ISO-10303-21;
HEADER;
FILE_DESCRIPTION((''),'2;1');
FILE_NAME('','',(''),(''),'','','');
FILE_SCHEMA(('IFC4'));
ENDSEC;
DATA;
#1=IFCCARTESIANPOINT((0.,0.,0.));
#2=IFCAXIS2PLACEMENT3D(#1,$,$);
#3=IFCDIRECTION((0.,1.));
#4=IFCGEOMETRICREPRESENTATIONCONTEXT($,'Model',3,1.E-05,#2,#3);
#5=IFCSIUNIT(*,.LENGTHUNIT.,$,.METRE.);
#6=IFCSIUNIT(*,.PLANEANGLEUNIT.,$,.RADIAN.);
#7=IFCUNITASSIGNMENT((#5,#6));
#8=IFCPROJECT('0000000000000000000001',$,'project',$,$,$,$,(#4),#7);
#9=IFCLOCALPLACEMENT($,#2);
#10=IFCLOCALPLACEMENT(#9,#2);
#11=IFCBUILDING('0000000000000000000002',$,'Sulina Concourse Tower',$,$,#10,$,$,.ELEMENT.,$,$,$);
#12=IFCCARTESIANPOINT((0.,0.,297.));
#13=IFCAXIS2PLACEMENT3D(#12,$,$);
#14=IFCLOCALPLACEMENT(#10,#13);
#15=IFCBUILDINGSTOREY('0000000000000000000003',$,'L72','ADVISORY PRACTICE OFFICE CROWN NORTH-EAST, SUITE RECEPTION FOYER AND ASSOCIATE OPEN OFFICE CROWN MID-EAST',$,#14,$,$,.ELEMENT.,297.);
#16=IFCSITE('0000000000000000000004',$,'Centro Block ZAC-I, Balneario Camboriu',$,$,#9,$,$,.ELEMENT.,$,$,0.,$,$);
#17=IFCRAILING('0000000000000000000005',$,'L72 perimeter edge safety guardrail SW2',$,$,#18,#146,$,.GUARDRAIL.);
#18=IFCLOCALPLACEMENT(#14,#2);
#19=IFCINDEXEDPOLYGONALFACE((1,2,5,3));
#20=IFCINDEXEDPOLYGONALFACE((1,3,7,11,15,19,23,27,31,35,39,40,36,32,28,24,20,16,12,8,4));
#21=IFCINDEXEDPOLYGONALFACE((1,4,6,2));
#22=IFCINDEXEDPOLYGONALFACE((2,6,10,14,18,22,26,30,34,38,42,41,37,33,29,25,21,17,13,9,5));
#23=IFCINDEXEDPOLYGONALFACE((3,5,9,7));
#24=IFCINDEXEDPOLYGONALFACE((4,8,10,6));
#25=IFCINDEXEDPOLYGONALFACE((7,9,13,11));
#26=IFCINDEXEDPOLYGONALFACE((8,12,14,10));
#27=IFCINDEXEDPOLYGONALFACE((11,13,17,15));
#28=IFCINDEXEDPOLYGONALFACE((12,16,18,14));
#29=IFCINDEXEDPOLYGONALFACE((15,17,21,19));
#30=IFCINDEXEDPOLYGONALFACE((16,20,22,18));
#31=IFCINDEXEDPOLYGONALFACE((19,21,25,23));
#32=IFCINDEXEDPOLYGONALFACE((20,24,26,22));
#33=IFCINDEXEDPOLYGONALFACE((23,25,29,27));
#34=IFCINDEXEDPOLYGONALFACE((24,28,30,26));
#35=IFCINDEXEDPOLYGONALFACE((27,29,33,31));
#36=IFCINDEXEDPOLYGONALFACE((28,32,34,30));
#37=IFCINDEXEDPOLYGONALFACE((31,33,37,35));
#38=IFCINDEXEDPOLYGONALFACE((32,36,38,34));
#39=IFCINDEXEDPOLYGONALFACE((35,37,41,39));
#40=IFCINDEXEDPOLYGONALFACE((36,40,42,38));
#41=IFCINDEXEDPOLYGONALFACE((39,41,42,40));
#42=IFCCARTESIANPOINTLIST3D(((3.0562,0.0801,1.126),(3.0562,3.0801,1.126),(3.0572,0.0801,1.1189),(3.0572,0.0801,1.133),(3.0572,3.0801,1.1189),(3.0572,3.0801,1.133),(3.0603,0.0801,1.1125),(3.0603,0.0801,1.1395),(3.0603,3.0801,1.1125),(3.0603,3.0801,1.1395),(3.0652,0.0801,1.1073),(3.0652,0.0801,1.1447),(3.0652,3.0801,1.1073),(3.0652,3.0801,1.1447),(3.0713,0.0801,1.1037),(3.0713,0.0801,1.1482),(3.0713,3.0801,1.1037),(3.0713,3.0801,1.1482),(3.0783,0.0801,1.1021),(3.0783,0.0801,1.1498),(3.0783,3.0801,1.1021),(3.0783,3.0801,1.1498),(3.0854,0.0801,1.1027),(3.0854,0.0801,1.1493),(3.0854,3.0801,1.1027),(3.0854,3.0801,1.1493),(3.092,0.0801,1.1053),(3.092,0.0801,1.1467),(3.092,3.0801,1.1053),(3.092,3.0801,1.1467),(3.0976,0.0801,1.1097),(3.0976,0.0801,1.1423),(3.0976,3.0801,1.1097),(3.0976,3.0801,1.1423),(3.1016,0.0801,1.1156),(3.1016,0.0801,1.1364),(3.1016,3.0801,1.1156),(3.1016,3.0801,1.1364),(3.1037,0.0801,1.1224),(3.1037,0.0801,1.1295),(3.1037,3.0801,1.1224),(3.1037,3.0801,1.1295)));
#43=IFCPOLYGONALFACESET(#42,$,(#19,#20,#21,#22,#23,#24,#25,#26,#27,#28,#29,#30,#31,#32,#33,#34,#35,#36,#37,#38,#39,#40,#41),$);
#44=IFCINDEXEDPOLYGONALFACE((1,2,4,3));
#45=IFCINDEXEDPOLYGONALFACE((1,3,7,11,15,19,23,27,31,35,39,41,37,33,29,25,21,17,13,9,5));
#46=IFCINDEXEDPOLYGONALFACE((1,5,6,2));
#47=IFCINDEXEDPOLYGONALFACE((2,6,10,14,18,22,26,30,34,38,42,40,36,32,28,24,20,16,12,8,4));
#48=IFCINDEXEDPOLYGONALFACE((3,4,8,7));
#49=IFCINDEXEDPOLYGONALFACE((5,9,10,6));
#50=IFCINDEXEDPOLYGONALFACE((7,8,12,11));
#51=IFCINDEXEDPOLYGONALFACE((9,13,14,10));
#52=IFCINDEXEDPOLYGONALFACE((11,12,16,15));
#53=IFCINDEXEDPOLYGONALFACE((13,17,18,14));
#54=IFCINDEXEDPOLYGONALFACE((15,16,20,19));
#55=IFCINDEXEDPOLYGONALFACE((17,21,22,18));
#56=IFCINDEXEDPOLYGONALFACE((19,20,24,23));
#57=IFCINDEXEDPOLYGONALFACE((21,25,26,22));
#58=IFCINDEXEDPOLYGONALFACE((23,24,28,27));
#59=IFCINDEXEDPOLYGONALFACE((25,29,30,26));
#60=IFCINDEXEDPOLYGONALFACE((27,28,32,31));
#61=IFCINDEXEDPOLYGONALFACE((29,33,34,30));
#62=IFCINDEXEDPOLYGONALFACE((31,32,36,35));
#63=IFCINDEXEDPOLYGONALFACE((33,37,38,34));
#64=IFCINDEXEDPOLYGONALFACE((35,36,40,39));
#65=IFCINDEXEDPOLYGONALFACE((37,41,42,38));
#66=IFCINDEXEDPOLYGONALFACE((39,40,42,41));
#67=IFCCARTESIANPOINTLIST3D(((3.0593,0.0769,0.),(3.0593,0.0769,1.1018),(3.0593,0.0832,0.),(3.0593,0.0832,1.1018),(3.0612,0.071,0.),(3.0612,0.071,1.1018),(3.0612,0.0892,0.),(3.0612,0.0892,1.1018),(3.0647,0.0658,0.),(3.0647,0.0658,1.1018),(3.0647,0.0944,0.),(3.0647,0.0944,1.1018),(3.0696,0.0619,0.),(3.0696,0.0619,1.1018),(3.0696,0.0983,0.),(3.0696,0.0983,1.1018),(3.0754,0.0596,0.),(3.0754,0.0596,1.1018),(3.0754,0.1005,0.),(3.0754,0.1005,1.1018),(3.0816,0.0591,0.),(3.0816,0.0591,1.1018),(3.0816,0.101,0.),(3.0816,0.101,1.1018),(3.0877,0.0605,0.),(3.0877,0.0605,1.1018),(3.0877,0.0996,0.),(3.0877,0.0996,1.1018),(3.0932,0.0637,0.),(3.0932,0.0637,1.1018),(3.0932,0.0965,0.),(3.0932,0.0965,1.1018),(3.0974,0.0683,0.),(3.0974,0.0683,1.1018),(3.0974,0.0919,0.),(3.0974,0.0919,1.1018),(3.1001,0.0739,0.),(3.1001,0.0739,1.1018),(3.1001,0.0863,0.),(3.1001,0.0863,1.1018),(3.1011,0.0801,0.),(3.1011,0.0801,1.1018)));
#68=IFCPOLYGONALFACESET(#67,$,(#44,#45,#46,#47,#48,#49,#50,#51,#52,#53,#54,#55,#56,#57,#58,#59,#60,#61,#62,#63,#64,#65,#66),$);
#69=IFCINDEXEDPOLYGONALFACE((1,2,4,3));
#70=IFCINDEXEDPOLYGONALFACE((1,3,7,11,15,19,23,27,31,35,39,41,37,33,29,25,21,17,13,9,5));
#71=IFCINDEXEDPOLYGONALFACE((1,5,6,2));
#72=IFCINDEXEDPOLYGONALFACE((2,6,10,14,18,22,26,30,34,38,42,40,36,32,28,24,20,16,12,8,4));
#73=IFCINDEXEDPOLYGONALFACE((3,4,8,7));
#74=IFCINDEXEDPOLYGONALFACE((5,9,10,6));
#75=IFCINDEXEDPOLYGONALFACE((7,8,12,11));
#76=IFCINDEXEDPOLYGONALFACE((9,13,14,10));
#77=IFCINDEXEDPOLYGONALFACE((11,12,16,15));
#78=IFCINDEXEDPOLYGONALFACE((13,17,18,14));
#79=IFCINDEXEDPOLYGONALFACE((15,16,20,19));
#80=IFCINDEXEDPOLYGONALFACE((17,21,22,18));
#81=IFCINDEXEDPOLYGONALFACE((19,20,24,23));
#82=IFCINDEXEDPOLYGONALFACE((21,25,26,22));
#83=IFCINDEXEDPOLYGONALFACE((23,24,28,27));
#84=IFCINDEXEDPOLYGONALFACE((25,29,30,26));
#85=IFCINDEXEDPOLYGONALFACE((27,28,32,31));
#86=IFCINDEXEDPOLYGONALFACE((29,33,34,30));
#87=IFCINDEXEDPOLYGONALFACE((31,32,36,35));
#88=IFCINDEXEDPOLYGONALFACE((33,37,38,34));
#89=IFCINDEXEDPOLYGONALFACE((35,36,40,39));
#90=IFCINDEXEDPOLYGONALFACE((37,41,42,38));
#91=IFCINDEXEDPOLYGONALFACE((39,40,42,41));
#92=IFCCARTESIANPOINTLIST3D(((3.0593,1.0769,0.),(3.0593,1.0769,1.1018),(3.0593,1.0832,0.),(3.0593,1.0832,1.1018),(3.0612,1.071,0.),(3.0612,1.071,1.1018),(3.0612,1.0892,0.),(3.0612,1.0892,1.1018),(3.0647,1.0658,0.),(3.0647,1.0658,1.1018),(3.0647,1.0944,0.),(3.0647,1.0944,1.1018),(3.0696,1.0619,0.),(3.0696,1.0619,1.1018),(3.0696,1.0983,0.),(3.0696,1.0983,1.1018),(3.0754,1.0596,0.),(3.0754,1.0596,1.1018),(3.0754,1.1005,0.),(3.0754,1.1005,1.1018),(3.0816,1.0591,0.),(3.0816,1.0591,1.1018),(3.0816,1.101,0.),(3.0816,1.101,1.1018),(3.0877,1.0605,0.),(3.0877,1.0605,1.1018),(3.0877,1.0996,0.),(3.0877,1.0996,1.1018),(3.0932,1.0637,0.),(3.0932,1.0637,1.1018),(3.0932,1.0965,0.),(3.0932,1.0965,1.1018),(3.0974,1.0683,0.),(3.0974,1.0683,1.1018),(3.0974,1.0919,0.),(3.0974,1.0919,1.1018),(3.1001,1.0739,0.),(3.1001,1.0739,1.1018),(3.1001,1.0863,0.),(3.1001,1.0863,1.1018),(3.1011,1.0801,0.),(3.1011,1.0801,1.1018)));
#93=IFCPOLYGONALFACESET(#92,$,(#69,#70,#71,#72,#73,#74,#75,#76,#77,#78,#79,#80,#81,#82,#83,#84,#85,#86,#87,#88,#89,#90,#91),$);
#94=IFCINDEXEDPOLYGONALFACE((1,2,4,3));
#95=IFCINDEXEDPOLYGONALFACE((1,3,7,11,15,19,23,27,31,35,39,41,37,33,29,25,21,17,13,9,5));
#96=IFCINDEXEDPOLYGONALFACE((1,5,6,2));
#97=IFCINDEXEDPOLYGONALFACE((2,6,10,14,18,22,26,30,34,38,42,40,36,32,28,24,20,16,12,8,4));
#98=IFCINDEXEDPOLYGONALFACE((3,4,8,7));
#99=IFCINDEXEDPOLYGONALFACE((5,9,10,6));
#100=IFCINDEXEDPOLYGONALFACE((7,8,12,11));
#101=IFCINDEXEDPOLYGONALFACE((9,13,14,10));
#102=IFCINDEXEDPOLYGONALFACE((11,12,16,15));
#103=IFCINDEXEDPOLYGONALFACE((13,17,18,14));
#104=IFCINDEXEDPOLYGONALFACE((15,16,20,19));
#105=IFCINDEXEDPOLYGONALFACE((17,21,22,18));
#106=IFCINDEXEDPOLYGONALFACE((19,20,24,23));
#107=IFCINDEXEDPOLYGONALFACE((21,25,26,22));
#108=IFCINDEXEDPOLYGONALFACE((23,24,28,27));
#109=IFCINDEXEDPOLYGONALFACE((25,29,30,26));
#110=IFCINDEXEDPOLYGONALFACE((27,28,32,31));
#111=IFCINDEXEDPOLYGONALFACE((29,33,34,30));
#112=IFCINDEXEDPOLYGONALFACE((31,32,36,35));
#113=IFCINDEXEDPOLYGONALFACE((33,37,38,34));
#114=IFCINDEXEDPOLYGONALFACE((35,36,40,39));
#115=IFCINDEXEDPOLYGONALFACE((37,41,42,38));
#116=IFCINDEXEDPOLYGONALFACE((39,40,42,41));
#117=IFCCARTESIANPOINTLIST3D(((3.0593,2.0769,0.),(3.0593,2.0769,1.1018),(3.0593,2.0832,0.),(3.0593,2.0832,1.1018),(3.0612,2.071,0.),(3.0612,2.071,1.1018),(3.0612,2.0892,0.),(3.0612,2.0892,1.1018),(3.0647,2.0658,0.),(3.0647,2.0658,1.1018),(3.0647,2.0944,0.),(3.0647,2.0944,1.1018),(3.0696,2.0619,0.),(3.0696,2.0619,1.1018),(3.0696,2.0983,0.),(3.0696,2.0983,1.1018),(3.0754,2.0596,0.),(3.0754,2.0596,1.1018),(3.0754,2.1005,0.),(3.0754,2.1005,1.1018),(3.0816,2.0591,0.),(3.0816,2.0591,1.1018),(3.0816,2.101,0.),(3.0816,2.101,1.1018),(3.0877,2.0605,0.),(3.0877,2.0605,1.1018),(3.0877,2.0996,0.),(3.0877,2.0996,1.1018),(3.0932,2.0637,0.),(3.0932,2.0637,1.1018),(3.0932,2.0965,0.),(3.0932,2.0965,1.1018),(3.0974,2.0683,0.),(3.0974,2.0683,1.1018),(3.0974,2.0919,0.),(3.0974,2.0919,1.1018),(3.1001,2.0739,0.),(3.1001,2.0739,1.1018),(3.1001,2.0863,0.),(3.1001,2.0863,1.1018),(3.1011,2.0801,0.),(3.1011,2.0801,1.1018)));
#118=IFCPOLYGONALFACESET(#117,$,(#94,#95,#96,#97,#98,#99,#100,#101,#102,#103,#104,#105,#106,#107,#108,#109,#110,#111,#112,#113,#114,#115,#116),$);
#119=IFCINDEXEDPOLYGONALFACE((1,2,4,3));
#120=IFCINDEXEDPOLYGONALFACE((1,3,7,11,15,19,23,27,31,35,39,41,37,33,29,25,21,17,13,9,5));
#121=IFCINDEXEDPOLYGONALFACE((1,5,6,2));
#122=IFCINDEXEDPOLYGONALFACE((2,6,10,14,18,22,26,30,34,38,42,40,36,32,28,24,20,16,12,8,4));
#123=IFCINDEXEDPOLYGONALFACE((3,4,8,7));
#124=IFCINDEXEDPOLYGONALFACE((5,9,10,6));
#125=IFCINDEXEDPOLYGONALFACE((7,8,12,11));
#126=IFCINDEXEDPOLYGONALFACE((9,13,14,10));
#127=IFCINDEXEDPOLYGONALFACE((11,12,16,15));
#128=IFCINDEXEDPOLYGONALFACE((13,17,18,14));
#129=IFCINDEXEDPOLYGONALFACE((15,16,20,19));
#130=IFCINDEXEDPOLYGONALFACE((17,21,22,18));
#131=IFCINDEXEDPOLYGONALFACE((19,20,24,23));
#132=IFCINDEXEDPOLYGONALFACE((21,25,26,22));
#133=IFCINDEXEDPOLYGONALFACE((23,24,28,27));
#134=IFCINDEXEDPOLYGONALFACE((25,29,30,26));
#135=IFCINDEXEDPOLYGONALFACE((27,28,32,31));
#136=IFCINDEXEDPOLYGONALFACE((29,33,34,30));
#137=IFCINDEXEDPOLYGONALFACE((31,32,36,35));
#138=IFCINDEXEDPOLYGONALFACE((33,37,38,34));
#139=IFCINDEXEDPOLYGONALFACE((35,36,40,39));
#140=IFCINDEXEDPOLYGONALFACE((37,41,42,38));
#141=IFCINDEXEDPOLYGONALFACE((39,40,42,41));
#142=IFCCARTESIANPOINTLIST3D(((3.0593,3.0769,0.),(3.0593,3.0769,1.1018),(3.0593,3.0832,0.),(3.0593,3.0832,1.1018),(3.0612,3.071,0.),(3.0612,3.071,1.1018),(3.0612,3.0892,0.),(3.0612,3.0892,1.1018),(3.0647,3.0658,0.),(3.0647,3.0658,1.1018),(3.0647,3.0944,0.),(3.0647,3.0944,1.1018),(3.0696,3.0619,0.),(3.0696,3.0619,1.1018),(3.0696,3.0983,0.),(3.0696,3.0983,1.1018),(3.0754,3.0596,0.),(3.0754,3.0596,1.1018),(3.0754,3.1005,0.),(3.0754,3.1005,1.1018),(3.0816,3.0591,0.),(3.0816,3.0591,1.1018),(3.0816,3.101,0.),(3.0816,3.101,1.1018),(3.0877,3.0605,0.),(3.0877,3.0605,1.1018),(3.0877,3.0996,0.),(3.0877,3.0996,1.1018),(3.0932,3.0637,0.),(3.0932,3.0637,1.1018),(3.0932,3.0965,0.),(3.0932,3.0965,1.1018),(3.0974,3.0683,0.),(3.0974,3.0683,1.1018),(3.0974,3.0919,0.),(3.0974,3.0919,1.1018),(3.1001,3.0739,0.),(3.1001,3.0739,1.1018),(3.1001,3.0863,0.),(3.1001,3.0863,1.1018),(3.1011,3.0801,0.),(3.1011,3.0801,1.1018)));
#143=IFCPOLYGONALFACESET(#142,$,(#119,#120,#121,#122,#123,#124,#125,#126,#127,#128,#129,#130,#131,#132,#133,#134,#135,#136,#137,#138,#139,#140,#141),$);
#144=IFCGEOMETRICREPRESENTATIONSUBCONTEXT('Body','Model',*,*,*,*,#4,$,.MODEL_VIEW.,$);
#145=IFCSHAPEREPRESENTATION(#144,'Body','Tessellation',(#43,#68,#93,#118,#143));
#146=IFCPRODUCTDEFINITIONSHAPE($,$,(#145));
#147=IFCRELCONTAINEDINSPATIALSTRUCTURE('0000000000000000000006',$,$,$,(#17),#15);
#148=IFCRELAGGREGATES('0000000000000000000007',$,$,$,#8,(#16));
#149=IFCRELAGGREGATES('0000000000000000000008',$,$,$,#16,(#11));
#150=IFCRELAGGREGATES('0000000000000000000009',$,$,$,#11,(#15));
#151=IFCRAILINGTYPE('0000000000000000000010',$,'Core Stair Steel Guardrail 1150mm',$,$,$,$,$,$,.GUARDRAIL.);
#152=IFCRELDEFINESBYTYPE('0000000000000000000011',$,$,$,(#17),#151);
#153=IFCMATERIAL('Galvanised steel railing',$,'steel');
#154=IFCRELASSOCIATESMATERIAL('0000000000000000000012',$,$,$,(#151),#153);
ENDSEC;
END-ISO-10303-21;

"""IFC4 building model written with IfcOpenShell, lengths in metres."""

from ifc_helpers import new_model, si_unit, direction, frame, origin, origin_2d, place, context, subcontext, project, spatial, circle, extrude, material, type_object, element, save


model = new_model("IFC4")

# Units and contexts
model_context = context("Model", 3, precision=1e-05, world=origin(), true_north=direction((0.0, 1.0)))
body_context = subcontext(model_context, "Body", "Model", "MODEL_VIEW")
ifc_project = project(units=[si_unit("LENGTHUNIT", "METRE"), si_unit("PLANEANGLEUNIT", "RADIAN")], contexts=[model_context])

# Site, building, storey
site_placement = place(None, origin())
site = spatial("IfcSite", under=ifc_project, at=site_placement, Name="Centro Block ZAC-I, Balneario Camboriu", CompositionType="ELEMENT", RefElevation=0.0)
building_placement = place(site_placement, origin())
building = spatial("IfcBuilding", under=site, at=building_placement, Name="Sulina Concourse Tower", CompositionType="ELEMENT")
storey_placement = place(building_placement, frame((0.0, 0.0, 297.0)))
storey = spatial("IfcBuildingStorey", under=building, at=storey_placement, Name="L72", Description="ADVISORY PRACTICE OFFICE CROWN NORTH-EAST, SUITE RECEPTION FOYER AND ASSOCIATE OPEN OFFICE CROWN MID-EAST", CompositionType="ELEMENT", Elevation=297.0)

# Railing
ifc_material_1 = material(Name="Galvanised steel railing", Category="steel")
railing_type = type_object("IfcRailingType", Name="Core Stair Steel Guardrail 1150mm", PredefinedType="GUARDRAIL", material=ifc_material_1)
railing_1_placement = place(storey_placement, frame((3.0801, 0.0801, 0.0)))
element("IfcRailing", 1, at=railing_1_placement, inside=storey, type_object=railing_type, Name="L72 perimeter edge safety guardrail SW2", PredefinedType="GUARDRAIL", context=body_context, shape_type="SweptSolid", body=[
    extrude(circle(Radius=0.0239, at=origin_2d()), frame((0.0, 0.0, 1.126), z_axis=(0.0, 1.0, 0.0), x_axis=(-1.0, 0.0, 0.0)), (0.0, 0.0, 1.0), 3.0),
    extrude(circle(Radius=0.021, at=origin_2d()), origin(), (0.0, 0.0, 1.0), 1.1018),
    extrude(circle(Radius=0.021, at=origin_2d()), frame((0.0, 1.0, 0.0)), (0.0, 0.0, 1.0), 1.1018),
    extrude(circle(Radius=0.021, at=origin_2d()), frame((0.0, 2.0, 0.0)), (0.0, 0.0, 1.0), 1.1018),
    extrude(circle(Radius=0.021, at=origin_2d()), frame((0.0, 3.0, 0.0)), (0.0, 0.0, 1.0), 1.1018),
])

save(model, "model.ifc")
